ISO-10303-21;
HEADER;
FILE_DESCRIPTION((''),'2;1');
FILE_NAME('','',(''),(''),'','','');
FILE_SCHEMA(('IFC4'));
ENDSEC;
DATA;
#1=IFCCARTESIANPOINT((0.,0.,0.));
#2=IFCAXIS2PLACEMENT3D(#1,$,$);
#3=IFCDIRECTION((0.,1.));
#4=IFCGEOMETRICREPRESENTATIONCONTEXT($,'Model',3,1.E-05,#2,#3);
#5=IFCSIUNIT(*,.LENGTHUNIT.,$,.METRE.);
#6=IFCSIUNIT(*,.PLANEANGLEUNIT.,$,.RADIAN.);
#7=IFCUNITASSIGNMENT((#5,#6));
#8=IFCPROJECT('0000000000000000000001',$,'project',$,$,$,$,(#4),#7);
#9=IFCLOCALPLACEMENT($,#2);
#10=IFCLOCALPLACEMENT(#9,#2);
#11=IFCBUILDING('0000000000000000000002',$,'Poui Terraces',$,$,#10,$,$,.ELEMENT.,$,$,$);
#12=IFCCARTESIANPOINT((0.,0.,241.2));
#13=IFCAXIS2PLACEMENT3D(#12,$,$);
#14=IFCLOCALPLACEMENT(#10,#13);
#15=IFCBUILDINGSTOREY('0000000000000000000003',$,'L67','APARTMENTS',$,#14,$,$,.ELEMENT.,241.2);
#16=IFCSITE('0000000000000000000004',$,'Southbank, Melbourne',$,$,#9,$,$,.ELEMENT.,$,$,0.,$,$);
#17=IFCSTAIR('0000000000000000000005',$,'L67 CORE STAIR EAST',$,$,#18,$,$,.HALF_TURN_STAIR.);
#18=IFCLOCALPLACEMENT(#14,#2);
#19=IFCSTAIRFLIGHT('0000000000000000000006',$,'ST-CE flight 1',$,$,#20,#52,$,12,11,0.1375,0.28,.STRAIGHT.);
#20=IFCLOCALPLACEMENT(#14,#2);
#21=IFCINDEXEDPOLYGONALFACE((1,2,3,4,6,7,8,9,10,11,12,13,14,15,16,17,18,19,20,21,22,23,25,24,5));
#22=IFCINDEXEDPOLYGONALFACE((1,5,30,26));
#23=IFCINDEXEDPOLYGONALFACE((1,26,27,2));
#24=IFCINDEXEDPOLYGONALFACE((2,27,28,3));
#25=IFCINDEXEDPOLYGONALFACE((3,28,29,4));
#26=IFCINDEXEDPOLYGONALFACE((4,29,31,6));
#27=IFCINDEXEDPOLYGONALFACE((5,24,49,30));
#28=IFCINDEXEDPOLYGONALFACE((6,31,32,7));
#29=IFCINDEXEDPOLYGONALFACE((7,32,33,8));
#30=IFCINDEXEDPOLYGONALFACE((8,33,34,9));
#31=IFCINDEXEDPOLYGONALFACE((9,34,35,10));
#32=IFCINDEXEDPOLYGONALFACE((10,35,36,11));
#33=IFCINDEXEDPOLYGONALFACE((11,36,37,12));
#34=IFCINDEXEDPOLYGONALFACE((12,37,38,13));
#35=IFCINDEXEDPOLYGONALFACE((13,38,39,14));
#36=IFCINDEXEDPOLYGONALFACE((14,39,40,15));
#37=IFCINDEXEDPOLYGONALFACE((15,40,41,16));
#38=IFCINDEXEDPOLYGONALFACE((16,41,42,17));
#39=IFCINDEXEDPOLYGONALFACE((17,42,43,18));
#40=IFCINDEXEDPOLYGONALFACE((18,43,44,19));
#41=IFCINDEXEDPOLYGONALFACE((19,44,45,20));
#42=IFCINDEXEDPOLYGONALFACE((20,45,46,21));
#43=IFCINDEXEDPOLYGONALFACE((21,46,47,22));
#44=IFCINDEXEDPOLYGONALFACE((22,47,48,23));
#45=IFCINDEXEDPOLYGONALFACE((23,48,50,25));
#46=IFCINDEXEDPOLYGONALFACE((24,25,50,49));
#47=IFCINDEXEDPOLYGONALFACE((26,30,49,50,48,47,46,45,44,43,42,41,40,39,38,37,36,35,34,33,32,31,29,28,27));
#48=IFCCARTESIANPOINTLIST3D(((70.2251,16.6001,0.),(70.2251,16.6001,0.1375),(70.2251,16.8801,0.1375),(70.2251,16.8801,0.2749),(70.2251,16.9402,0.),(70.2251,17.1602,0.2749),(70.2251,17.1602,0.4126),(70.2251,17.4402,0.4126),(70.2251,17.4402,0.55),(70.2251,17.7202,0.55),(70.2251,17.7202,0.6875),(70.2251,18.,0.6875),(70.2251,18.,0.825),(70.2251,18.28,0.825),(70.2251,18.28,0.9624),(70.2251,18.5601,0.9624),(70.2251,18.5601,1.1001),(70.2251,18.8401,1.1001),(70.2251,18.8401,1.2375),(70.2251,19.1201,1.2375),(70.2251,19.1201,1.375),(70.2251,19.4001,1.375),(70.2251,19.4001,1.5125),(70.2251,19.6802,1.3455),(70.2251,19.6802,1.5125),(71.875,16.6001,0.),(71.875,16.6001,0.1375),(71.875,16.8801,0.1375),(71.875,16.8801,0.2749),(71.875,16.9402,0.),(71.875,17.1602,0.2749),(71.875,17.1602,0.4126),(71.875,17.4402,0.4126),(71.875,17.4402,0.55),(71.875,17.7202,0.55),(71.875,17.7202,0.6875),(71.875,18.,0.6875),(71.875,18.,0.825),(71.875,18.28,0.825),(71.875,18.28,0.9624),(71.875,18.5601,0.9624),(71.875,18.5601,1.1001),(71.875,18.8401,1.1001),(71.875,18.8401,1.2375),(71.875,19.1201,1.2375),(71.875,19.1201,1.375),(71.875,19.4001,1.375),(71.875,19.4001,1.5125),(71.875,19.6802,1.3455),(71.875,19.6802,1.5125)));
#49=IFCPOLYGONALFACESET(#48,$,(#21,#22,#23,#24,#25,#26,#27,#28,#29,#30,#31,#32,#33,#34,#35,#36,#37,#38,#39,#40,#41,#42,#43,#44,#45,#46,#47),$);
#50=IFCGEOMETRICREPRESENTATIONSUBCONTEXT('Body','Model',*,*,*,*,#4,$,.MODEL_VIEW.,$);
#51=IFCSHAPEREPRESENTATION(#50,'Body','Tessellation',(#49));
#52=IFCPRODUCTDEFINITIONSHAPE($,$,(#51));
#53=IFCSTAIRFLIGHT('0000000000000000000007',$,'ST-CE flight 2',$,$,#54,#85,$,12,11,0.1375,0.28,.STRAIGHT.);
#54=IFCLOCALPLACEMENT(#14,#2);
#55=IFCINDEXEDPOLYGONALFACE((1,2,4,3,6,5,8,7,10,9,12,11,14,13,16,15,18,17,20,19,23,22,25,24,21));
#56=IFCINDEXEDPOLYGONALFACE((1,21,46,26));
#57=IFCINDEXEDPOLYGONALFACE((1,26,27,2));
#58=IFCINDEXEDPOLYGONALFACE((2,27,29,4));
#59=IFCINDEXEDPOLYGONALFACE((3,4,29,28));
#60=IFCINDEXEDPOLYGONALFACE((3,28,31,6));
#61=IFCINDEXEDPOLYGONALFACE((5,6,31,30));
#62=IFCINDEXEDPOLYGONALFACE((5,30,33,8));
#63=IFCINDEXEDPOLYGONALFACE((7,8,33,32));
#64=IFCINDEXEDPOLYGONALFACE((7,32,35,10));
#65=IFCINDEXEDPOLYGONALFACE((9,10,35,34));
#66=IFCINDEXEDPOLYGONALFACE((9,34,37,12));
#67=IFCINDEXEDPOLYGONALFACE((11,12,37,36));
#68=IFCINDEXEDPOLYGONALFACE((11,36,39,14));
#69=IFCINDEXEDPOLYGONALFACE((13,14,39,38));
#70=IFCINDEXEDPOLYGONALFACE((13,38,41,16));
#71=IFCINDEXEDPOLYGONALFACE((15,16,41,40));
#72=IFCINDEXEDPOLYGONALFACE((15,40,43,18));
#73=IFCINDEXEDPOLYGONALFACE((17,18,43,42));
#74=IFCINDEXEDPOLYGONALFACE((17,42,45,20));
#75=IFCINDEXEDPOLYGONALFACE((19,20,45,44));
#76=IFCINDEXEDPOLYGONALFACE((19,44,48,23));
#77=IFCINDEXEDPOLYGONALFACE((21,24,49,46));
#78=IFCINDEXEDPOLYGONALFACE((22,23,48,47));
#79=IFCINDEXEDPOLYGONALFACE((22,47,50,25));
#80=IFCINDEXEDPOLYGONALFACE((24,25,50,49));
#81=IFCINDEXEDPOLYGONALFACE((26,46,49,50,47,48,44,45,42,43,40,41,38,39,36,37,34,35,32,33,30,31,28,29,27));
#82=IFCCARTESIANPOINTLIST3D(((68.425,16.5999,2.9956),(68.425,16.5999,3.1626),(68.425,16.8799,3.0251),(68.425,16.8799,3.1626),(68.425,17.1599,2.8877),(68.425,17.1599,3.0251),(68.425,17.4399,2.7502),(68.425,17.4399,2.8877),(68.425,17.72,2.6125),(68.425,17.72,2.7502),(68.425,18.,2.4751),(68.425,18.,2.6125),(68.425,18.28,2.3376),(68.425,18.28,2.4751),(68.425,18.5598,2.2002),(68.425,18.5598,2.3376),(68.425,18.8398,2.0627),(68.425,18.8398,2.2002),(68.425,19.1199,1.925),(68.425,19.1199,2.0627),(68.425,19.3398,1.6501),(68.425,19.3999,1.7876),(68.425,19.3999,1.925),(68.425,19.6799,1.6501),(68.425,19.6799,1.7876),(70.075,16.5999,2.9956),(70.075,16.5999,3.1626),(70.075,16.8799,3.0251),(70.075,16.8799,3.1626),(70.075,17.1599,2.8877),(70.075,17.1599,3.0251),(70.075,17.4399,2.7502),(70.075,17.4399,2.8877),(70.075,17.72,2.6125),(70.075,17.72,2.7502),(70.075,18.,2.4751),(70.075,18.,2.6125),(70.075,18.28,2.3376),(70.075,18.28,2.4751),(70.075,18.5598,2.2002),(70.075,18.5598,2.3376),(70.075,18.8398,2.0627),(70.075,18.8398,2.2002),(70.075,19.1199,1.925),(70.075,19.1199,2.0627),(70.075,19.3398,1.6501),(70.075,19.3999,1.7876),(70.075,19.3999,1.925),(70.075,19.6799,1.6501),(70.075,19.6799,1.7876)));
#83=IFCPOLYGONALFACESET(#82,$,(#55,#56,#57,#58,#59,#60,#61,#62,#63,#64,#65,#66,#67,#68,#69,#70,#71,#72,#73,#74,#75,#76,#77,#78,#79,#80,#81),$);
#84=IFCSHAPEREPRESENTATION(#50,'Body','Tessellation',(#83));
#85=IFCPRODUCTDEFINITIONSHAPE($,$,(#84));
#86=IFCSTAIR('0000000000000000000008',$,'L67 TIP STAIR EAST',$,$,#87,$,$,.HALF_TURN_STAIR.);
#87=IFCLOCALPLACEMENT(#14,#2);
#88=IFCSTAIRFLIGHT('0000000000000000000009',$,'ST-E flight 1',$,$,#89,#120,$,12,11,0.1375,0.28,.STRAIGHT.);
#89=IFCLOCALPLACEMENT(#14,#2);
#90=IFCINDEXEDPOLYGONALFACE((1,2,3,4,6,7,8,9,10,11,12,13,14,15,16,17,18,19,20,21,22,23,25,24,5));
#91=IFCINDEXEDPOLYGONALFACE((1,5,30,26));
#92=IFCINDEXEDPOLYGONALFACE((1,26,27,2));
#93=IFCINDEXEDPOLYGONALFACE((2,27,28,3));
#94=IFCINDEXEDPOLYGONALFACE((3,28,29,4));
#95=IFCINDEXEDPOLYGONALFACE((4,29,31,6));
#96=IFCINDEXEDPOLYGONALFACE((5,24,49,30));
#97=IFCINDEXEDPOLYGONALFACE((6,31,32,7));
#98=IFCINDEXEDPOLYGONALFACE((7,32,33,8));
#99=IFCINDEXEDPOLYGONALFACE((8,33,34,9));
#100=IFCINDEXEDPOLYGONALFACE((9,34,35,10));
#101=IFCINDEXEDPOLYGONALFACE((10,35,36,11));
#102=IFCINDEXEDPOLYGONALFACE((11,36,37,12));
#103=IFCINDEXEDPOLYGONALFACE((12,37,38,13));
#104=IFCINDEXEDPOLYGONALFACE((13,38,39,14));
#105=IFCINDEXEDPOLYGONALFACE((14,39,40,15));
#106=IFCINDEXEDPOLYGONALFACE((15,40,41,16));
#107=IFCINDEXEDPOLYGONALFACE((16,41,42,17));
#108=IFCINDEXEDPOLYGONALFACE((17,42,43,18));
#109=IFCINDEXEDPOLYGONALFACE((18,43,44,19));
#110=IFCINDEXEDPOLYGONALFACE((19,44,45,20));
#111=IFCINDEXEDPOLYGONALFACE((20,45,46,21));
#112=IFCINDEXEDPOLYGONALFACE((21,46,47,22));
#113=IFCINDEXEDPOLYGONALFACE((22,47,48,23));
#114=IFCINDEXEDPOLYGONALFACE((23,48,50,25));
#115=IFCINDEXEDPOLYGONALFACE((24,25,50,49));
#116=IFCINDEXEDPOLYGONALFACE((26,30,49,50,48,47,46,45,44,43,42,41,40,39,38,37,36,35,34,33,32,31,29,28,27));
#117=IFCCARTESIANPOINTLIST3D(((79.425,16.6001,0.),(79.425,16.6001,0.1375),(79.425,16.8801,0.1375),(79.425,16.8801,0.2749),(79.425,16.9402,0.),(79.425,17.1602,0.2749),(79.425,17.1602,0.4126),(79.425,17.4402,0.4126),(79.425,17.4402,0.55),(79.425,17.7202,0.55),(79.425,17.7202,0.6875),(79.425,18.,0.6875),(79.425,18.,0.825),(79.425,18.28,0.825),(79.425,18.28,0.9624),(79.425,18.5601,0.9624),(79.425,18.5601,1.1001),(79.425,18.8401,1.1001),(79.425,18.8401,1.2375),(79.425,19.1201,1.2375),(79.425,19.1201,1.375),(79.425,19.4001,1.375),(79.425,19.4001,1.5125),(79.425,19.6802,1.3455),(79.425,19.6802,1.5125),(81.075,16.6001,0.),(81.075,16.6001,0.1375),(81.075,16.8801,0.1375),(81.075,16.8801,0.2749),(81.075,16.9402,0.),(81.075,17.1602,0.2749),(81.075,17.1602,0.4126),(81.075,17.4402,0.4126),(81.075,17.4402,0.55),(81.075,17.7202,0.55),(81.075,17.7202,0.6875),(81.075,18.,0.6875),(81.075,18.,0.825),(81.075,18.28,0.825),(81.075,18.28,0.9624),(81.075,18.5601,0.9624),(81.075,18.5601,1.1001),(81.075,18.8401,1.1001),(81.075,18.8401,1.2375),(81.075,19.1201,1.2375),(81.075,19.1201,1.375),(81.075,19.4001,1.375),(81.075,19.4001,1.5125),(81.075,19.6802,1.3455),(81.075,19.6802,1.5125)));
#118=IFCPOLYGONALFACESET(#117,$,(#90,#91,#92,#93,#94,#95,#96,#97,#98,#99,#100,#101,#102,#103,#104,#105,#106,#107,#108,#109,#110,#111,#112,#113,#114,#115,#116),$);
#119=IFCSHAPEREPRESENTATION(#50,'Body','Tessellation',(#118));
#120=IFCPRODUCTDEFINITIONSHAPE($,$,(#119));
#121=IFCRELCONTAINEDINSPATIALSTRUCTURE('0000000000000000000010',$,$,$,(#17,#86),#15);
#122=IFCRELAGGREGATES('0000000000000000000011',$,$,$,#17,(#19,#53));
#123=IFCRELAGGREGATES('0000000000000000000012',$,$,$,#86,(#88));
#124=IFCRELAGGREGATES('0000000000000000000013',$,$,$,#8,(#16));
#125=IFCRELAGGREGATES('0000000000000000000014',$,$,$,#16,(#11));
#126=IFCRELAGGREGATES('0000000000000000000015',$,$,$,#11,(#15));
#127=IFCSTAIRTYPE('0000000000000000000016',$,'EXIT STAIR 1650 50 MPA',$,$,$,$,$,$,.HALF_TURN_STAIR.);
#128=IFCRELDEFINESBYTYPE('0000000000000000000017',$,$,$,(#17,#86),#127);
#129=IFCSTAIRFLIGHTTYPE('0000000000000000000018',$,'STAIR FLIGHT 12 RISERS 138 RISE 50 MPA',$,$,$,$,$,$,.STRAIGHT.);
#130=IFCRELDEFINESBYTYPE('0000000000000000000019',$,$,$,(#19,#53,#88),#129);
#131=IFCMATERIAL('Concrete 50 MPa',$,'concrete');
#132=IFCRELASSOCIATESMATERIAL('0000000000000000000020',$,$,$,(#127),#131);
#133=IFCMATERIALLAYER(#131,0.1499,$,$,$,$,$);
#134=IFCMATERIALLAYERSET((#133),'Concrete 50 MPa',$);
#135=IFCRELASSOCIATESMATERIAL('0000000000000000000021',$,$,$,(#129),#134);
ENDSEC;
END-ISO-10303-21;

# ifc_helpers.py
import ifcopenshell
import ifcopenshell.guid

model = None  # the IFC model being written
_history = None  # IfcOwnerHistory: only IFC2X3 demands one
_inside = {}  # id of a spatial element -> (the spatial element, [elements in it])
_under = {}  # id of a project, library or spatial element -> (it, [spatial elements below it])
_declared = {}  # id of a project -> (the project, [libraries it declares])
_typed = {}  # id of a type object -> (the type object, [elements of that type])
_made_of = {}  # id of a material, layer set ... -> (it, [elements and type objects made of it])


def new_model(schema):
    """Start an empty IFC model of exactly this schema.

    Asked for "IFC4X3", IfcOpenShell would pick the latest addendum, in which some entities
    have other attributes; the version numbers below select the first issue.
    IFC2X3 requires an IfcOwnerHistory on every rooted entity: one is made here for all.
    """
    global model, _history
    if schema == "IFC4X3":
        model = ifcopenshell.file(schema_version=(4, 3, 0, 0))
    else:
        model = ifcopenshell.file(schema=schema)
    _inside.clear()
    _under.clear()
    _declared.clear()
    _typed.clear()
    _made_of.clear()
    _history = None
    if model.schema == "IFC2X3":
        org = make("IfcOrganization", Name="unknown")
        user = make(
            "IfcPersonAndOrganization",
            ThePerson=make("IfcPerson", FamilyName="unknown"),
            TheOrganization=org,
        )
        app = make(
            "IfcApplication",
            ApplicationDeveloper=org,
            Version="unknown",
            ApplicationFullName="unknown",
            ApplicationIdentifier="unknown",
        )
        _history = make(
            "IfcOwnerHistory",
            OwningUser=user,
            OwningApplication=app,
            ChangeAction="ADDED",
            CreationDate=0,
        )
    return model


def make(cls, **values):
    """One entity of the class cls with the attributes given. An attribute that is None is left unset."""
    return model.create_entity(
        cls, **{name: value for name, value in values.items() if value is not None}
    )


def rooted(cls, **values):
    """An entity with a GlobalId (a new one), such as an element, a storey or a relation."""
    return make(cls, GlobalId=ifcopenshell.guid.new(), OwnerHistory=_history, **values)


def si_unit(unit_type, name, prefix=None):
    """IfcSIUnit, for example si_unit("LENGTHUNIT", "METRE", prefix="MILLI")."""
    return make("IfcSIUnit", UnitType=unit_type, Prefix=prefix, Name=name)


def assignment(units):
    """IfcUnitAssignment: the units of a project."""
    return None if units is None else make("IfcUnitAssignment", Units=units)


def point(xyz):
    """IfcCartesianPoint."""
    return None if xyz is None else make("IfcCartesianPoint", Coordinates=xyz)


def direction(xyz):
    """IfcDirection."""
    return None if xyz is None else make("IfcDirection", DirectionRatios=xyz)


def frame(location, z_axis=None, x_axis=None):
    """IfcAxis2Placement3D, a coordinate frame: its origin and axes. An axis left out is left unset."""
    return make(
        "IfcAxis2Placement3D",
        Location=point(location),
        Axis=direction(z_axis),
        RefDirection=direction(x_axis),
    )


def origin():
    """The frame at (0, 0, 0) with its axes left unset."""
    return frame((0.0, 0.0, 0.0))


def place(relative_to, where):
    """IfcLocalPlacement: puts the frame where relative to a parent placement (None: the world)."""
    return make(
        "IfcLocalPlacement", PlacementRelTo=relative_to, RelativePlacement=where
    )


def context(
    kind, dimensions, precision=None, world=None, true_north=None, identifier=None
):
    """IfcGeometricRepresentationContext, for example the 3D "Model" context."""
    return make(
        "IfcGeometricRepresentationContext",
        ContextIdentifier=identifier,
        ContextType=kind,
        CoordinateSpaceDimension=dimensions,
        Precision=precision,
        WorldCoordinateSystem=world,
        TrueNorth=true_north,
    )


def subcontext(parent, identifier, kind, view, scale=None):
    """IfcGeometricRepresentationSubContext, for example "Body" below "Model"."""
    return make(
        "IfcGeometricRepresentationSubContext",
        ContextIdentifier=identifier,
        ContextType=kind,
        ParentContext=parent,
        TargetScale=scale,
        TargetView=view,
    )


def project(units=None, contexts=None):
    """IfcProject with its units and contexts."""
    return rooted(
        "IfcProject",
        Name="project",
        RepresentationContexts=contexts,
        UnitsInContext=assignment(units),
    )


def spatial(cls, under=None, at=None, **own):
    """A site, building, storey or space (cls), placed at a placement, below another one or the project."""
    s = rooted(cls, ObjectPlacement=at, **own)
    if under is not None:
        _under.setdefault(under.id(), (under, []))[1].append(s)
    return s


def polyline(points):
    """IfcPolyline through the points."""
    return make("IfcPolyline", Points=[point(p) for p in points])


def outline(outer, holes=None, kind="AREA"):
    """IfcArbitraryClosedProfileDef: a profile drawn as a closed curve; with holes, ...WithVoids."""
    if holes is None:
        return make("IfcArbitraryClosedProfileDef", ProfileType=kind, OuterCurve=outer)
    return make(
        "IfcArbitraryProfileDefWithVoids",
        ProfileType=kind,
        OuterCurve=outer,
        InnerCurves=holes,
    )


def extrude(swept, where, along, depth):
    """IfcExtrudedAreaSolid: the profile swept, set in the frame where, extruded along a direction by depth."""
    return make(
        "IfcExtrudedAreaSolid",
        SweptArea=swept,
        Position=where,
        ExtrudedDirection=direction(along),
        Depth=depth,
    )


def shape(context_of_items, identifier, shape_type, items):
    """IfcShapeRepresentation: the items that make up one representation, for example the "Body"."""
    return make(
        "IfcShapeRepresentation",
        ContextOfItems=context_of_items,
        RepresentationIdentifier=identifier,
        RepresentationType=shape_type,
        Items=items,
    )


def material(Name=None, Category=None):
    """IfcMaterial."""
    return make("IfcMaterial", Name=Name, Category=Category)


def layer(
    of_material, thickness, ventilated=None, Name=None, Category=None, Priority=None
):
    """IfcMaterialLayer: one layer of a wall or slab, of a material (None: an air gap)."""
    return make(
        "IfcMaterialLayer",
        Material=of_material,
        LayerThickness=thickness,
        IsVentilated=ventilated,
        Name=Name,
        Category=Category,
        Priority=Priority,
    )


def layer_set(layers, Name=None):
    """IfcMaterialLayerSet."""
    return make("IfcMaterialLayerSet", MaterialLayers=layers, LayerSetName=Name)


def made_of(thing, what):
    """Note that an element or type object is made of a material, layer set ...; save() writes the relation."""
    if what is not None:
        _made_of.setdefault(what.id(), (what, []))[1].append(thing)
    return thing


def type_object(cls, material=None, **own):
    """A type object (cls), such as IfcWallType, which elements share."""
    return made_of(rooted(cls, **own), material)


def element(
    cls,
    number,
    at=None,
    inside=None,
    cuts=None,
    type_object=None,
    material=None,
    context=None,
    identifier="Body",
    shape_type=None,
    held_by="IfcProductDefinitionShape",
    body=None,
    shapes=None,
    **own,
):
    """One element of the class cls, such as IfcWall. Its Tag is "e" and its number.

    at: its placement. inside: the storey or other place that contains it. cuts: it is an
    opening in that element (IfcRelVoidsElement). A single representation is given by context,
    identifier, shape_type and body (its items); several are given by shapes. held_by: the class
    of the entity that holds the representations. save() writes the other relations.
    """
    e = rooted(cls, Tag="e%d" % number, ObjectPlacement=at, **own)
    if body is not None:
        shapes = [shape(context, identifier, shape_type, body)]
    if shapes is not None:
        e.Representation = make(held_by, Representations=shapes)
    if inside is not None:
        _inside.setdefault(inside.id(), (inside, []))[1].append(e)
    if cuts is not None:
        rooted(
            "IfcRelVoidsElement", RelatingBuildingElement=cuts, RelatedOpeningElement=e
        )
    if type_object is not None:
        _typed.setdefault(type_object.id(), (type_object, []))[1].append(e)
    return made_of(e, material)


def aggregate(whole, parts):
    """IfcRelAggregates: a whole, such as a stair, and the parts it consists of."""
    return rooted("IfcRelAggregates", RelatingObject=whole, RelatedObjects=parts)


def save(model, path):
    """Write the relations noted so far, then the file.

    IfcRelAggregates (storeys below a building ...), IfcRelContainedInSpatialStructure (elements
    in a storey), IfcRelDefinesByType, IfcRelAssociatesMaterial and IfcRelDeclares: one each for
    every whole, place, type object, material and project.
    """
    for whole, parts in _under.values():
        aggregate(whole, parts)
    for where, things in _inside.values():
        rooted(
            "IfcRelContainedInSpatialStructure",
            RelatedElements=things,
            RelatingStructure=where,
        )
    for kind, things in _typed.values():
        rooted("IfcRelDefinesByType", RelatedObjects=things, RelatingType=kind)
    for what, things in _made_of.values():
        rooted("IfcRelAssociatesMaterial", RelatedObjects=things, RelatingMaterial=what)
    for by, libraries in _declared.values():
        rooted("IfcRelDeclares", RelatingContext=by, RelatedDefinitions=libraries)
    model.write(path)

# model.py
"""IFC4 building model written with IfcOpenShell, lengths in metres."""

from ifc_helpers import new_model, si_unit, direction, frame, origin, place, context, subcontext, project, spatial, polyline, outline, extrude, material, layer, layer_set, type_object, element, aggregate, save


model = new_model("IFC4")

# Units and contexts
model_context = context("Model", 3, precision=1e-05, world=origin(), true_north=direction((0.0, 1.0)))
body_context = subcontext(model_context, "Body", "Model", "MODEL_VIEW")
ifc_project = project(units=[si_unit("LENGTHUNIT", "METRE"), si_unit("PLANEANGLEUNIT", "RADIAN")], contexts=[model_context])

# Site, building, storey
site_placement = place(None, origin())
site = spatial("IfcSite", under=ifc_project, at=site_placement, Name="Southbank, Melbourne", CompositionType="ELEMENT", RefElevation=0.0)
building_placement = place(site_placement, origin())
building = spatial("IfcBuilding", under=site, at=building_placement, Name="Poui Terraces", CompositionType="ELEMENT")
storey_placement = place(building_placement, frame((0.0, 0.0, 241.2)))
storey = spatial("IfcBuildingStorey", under=building, at=storey_placement, Name="L67", Description="APARTMENTS", CompositionType="ELEMENT", Elevation=241.2)

# Shared definitions
ifc_material_1 = material(Name="Concrete 50 MPa", Category="concrete")

# Stair, stair flights
stair_type = type_object("IfcStairType", Name="EXIT STAIR 1650 50 MPA", PredefinedType="HALF_TURN_STAIR", material=ifc_material_1)
stair_1_placement = place(storey_placement, origin())
stair_1 = element("IfcStair", 1, at=stair_1_placement, inside=storey, type_object=stair_type, Name="L67 CORE STAIR EAST", PredefinedType="HALF_TURN_STAIR")
ifc_layer_1 = layer(ifc_material_1, 0.1499)
ifc_layer_set_1 = layer_set([ifc_layer_1], Name="Concrete 50 MPa")
stair_flight_type = type_object("IfcStairFlightType", Name="STAIR FLIGHT 12 RISERS 138 RISE 50 MPA", PredefinedType="STRAIGHT", material=ifc_layer_set_1)
stair_flight_1_placement = place(storey_placement, frame((71.05, 16.6001, 0.0), z_axis=(0.0, 0.0, 1.0), x_axis=(0.0, 1.0, 0.0)))
stair_flight_1 = element("IfcStairFlight", 2, at=stair_flight_1_placement, type_object=stair_flight_type, Name="ST-CE flight 1", NumberOfRisers=12, NumberOfTreads=11, PredefinedType="STRAIGHT", RiserHeight=0.1375, TreadLength=0.28, context=body_context, shape_type="SweptSolid", body=[
    extrude(outline(polyline([(0.0, 0.0), (0.0, 0.1375), (0.28, 0.1375), (0.28, 0.2749), (0.5601, 0.2749), (0.5601, 0.4126), (0.8401, 0.4126), (0.8401, 0.55), (1.1201, 0.55), (1.1201, 0.6875), (1.3999, 0.6875), (1.3999, 0.825), (1.6799, 0.825), (1.6799, 0.9624), (1.96, 0.9624), (1.96, 1.1001), (2.24, 1.1001), (2.24, 1.2375), (2.52, 1.2375), (2.52, 1.375), (2.8, 1.375), (2.8, 1.5125), (3.0801, 1.5125), (3.0801, 1.6499), (3.0801, 1.3455), (0.3401, 0.0), (0.0, 0.0)])), frame((0.0, 0.825, 0.0), z_axis=(0.0, -1.0, 0.0), x_axis=(1.0, 0.0, 0.0)), (0.0, 0.0, 1.0), 1.6499),
])
stair_flight_2_placement = place(storey_placement, frame((69.25, 19.6799, 1.6501), z_axis=(0.0, 0.0, 1.0), x_axis=(0.0, -1.0, 0.0)))
stair_flight_2 = element("IfcStairFlight", 3, at=stair_flight_2_placement, type_object=stair_flight_type, Name="ST-CE flight 2", NumberOfRisers=12, NumberOfTreads=11, PredefinedType="STRAIGHT", RiserHeight=0.1375, TreadLength=0.28, context=body_context, shape_type="SweptSolid", body=[
    extrude(outline(polyline([(0.0, 0.0), (0.0, 0.1375), (0.28, 0.1375), (0.28, 0.2749), (0.5601, 0.2749), (0.5601, 0.4126), (0.8401, 0.4126), (0.8401, 0.55), (1.1201, 0.55), (1.1201, 0.6875), (1.3999, 0.6875), (1.3999, 0.825), (1.6799, 0.825), (1.6799, 0.9624), (1.96, 0.9624), (1.96, 1.1001), (2.24, 1.1001), (2.24, 1.2375), (2.52, 1.2375), (2.52, 1.375), (2.8, 1.375), (2.8, 1.5125), (3.0801, 1.5125), (3.0801, 1.6499), (3.0801, 1.3455), (0.3401, 0.0), (0.0, 0.0)])), frame((0.0, 0.825, 0.0), z_axis=(0.0, -1.0, 0.0), x_axis=(1.0, 0.0, 0.0)), (0.0, 0.0, 1.0), 1.6499),
])
aggregate(stair_1, [stair_flight_1, stair_flight_2])

# Stair, stair flight
stair_2_placement = place(storey_placement, origin())
stair_2 = element("IfcStair", 4, at=stair_2_placement, inside=storey, type_object=stair_type, Name="L67 TIP STAIR EAST", PredefinedType="HALF_TURN_STAIR")
stair_flight_3_placement = place(storey_placement, frame((80.25, 16.6001, 0.0), z_axis=(0.0, 0.0, 1.0), x_axis=(0.0, 1.0, 0.0)))
stair_flight_3 = element("IfcStairFlight", 5, at=stair_flight_3_placement, type_object=stair_flight_type, Name="ST-E flight 1", NumberOfRisers=12, NumberOfTreads=11, PredefinedType="STRAIGHT", RiserHeight=0.1375, TreadLength=0.28, context=body_context, shape_type="SweptSolid", body=[
    extrude(outline(polyline([(0.0, 0.0), (0.0, 0.1375), (0.28, 0.1375), (0.28, 0.2749), (0.5601, 0.2749), (0.5601, 0.4126), (0.8401, 0.4126), (0.8401, 0.55), (1.1201, 0.55), (1.1201, 0.6875), (1.3999, 0.6875), (1.3999, 0.825), (1.6799, 0.825), (1.6799, 0.9624), (1.96, 0.9624), (1.96, 1.1001), (2.24, 1.1001), (2.24, 1.2375), (2.52, 1.2375), (2.52, 1.375), (2.8, 1.375), (2.8, 1.5125), (3.0801, 1.5125), (3.0801, 1.6499), (3.0801, 1.3455), (0.3401, 0.0), (0.0, 0.0)])), frame((0.0, 0.825, 0.0), z_axis=(0.0, -1.0, 0.0), x_axis=(1.0, 0.0, 0.0)), (0.0, 0.0, 1.0), 1.6499),
])
aggregate(stair_2, [stair_flight_3])

save(model, "model.ifc")
